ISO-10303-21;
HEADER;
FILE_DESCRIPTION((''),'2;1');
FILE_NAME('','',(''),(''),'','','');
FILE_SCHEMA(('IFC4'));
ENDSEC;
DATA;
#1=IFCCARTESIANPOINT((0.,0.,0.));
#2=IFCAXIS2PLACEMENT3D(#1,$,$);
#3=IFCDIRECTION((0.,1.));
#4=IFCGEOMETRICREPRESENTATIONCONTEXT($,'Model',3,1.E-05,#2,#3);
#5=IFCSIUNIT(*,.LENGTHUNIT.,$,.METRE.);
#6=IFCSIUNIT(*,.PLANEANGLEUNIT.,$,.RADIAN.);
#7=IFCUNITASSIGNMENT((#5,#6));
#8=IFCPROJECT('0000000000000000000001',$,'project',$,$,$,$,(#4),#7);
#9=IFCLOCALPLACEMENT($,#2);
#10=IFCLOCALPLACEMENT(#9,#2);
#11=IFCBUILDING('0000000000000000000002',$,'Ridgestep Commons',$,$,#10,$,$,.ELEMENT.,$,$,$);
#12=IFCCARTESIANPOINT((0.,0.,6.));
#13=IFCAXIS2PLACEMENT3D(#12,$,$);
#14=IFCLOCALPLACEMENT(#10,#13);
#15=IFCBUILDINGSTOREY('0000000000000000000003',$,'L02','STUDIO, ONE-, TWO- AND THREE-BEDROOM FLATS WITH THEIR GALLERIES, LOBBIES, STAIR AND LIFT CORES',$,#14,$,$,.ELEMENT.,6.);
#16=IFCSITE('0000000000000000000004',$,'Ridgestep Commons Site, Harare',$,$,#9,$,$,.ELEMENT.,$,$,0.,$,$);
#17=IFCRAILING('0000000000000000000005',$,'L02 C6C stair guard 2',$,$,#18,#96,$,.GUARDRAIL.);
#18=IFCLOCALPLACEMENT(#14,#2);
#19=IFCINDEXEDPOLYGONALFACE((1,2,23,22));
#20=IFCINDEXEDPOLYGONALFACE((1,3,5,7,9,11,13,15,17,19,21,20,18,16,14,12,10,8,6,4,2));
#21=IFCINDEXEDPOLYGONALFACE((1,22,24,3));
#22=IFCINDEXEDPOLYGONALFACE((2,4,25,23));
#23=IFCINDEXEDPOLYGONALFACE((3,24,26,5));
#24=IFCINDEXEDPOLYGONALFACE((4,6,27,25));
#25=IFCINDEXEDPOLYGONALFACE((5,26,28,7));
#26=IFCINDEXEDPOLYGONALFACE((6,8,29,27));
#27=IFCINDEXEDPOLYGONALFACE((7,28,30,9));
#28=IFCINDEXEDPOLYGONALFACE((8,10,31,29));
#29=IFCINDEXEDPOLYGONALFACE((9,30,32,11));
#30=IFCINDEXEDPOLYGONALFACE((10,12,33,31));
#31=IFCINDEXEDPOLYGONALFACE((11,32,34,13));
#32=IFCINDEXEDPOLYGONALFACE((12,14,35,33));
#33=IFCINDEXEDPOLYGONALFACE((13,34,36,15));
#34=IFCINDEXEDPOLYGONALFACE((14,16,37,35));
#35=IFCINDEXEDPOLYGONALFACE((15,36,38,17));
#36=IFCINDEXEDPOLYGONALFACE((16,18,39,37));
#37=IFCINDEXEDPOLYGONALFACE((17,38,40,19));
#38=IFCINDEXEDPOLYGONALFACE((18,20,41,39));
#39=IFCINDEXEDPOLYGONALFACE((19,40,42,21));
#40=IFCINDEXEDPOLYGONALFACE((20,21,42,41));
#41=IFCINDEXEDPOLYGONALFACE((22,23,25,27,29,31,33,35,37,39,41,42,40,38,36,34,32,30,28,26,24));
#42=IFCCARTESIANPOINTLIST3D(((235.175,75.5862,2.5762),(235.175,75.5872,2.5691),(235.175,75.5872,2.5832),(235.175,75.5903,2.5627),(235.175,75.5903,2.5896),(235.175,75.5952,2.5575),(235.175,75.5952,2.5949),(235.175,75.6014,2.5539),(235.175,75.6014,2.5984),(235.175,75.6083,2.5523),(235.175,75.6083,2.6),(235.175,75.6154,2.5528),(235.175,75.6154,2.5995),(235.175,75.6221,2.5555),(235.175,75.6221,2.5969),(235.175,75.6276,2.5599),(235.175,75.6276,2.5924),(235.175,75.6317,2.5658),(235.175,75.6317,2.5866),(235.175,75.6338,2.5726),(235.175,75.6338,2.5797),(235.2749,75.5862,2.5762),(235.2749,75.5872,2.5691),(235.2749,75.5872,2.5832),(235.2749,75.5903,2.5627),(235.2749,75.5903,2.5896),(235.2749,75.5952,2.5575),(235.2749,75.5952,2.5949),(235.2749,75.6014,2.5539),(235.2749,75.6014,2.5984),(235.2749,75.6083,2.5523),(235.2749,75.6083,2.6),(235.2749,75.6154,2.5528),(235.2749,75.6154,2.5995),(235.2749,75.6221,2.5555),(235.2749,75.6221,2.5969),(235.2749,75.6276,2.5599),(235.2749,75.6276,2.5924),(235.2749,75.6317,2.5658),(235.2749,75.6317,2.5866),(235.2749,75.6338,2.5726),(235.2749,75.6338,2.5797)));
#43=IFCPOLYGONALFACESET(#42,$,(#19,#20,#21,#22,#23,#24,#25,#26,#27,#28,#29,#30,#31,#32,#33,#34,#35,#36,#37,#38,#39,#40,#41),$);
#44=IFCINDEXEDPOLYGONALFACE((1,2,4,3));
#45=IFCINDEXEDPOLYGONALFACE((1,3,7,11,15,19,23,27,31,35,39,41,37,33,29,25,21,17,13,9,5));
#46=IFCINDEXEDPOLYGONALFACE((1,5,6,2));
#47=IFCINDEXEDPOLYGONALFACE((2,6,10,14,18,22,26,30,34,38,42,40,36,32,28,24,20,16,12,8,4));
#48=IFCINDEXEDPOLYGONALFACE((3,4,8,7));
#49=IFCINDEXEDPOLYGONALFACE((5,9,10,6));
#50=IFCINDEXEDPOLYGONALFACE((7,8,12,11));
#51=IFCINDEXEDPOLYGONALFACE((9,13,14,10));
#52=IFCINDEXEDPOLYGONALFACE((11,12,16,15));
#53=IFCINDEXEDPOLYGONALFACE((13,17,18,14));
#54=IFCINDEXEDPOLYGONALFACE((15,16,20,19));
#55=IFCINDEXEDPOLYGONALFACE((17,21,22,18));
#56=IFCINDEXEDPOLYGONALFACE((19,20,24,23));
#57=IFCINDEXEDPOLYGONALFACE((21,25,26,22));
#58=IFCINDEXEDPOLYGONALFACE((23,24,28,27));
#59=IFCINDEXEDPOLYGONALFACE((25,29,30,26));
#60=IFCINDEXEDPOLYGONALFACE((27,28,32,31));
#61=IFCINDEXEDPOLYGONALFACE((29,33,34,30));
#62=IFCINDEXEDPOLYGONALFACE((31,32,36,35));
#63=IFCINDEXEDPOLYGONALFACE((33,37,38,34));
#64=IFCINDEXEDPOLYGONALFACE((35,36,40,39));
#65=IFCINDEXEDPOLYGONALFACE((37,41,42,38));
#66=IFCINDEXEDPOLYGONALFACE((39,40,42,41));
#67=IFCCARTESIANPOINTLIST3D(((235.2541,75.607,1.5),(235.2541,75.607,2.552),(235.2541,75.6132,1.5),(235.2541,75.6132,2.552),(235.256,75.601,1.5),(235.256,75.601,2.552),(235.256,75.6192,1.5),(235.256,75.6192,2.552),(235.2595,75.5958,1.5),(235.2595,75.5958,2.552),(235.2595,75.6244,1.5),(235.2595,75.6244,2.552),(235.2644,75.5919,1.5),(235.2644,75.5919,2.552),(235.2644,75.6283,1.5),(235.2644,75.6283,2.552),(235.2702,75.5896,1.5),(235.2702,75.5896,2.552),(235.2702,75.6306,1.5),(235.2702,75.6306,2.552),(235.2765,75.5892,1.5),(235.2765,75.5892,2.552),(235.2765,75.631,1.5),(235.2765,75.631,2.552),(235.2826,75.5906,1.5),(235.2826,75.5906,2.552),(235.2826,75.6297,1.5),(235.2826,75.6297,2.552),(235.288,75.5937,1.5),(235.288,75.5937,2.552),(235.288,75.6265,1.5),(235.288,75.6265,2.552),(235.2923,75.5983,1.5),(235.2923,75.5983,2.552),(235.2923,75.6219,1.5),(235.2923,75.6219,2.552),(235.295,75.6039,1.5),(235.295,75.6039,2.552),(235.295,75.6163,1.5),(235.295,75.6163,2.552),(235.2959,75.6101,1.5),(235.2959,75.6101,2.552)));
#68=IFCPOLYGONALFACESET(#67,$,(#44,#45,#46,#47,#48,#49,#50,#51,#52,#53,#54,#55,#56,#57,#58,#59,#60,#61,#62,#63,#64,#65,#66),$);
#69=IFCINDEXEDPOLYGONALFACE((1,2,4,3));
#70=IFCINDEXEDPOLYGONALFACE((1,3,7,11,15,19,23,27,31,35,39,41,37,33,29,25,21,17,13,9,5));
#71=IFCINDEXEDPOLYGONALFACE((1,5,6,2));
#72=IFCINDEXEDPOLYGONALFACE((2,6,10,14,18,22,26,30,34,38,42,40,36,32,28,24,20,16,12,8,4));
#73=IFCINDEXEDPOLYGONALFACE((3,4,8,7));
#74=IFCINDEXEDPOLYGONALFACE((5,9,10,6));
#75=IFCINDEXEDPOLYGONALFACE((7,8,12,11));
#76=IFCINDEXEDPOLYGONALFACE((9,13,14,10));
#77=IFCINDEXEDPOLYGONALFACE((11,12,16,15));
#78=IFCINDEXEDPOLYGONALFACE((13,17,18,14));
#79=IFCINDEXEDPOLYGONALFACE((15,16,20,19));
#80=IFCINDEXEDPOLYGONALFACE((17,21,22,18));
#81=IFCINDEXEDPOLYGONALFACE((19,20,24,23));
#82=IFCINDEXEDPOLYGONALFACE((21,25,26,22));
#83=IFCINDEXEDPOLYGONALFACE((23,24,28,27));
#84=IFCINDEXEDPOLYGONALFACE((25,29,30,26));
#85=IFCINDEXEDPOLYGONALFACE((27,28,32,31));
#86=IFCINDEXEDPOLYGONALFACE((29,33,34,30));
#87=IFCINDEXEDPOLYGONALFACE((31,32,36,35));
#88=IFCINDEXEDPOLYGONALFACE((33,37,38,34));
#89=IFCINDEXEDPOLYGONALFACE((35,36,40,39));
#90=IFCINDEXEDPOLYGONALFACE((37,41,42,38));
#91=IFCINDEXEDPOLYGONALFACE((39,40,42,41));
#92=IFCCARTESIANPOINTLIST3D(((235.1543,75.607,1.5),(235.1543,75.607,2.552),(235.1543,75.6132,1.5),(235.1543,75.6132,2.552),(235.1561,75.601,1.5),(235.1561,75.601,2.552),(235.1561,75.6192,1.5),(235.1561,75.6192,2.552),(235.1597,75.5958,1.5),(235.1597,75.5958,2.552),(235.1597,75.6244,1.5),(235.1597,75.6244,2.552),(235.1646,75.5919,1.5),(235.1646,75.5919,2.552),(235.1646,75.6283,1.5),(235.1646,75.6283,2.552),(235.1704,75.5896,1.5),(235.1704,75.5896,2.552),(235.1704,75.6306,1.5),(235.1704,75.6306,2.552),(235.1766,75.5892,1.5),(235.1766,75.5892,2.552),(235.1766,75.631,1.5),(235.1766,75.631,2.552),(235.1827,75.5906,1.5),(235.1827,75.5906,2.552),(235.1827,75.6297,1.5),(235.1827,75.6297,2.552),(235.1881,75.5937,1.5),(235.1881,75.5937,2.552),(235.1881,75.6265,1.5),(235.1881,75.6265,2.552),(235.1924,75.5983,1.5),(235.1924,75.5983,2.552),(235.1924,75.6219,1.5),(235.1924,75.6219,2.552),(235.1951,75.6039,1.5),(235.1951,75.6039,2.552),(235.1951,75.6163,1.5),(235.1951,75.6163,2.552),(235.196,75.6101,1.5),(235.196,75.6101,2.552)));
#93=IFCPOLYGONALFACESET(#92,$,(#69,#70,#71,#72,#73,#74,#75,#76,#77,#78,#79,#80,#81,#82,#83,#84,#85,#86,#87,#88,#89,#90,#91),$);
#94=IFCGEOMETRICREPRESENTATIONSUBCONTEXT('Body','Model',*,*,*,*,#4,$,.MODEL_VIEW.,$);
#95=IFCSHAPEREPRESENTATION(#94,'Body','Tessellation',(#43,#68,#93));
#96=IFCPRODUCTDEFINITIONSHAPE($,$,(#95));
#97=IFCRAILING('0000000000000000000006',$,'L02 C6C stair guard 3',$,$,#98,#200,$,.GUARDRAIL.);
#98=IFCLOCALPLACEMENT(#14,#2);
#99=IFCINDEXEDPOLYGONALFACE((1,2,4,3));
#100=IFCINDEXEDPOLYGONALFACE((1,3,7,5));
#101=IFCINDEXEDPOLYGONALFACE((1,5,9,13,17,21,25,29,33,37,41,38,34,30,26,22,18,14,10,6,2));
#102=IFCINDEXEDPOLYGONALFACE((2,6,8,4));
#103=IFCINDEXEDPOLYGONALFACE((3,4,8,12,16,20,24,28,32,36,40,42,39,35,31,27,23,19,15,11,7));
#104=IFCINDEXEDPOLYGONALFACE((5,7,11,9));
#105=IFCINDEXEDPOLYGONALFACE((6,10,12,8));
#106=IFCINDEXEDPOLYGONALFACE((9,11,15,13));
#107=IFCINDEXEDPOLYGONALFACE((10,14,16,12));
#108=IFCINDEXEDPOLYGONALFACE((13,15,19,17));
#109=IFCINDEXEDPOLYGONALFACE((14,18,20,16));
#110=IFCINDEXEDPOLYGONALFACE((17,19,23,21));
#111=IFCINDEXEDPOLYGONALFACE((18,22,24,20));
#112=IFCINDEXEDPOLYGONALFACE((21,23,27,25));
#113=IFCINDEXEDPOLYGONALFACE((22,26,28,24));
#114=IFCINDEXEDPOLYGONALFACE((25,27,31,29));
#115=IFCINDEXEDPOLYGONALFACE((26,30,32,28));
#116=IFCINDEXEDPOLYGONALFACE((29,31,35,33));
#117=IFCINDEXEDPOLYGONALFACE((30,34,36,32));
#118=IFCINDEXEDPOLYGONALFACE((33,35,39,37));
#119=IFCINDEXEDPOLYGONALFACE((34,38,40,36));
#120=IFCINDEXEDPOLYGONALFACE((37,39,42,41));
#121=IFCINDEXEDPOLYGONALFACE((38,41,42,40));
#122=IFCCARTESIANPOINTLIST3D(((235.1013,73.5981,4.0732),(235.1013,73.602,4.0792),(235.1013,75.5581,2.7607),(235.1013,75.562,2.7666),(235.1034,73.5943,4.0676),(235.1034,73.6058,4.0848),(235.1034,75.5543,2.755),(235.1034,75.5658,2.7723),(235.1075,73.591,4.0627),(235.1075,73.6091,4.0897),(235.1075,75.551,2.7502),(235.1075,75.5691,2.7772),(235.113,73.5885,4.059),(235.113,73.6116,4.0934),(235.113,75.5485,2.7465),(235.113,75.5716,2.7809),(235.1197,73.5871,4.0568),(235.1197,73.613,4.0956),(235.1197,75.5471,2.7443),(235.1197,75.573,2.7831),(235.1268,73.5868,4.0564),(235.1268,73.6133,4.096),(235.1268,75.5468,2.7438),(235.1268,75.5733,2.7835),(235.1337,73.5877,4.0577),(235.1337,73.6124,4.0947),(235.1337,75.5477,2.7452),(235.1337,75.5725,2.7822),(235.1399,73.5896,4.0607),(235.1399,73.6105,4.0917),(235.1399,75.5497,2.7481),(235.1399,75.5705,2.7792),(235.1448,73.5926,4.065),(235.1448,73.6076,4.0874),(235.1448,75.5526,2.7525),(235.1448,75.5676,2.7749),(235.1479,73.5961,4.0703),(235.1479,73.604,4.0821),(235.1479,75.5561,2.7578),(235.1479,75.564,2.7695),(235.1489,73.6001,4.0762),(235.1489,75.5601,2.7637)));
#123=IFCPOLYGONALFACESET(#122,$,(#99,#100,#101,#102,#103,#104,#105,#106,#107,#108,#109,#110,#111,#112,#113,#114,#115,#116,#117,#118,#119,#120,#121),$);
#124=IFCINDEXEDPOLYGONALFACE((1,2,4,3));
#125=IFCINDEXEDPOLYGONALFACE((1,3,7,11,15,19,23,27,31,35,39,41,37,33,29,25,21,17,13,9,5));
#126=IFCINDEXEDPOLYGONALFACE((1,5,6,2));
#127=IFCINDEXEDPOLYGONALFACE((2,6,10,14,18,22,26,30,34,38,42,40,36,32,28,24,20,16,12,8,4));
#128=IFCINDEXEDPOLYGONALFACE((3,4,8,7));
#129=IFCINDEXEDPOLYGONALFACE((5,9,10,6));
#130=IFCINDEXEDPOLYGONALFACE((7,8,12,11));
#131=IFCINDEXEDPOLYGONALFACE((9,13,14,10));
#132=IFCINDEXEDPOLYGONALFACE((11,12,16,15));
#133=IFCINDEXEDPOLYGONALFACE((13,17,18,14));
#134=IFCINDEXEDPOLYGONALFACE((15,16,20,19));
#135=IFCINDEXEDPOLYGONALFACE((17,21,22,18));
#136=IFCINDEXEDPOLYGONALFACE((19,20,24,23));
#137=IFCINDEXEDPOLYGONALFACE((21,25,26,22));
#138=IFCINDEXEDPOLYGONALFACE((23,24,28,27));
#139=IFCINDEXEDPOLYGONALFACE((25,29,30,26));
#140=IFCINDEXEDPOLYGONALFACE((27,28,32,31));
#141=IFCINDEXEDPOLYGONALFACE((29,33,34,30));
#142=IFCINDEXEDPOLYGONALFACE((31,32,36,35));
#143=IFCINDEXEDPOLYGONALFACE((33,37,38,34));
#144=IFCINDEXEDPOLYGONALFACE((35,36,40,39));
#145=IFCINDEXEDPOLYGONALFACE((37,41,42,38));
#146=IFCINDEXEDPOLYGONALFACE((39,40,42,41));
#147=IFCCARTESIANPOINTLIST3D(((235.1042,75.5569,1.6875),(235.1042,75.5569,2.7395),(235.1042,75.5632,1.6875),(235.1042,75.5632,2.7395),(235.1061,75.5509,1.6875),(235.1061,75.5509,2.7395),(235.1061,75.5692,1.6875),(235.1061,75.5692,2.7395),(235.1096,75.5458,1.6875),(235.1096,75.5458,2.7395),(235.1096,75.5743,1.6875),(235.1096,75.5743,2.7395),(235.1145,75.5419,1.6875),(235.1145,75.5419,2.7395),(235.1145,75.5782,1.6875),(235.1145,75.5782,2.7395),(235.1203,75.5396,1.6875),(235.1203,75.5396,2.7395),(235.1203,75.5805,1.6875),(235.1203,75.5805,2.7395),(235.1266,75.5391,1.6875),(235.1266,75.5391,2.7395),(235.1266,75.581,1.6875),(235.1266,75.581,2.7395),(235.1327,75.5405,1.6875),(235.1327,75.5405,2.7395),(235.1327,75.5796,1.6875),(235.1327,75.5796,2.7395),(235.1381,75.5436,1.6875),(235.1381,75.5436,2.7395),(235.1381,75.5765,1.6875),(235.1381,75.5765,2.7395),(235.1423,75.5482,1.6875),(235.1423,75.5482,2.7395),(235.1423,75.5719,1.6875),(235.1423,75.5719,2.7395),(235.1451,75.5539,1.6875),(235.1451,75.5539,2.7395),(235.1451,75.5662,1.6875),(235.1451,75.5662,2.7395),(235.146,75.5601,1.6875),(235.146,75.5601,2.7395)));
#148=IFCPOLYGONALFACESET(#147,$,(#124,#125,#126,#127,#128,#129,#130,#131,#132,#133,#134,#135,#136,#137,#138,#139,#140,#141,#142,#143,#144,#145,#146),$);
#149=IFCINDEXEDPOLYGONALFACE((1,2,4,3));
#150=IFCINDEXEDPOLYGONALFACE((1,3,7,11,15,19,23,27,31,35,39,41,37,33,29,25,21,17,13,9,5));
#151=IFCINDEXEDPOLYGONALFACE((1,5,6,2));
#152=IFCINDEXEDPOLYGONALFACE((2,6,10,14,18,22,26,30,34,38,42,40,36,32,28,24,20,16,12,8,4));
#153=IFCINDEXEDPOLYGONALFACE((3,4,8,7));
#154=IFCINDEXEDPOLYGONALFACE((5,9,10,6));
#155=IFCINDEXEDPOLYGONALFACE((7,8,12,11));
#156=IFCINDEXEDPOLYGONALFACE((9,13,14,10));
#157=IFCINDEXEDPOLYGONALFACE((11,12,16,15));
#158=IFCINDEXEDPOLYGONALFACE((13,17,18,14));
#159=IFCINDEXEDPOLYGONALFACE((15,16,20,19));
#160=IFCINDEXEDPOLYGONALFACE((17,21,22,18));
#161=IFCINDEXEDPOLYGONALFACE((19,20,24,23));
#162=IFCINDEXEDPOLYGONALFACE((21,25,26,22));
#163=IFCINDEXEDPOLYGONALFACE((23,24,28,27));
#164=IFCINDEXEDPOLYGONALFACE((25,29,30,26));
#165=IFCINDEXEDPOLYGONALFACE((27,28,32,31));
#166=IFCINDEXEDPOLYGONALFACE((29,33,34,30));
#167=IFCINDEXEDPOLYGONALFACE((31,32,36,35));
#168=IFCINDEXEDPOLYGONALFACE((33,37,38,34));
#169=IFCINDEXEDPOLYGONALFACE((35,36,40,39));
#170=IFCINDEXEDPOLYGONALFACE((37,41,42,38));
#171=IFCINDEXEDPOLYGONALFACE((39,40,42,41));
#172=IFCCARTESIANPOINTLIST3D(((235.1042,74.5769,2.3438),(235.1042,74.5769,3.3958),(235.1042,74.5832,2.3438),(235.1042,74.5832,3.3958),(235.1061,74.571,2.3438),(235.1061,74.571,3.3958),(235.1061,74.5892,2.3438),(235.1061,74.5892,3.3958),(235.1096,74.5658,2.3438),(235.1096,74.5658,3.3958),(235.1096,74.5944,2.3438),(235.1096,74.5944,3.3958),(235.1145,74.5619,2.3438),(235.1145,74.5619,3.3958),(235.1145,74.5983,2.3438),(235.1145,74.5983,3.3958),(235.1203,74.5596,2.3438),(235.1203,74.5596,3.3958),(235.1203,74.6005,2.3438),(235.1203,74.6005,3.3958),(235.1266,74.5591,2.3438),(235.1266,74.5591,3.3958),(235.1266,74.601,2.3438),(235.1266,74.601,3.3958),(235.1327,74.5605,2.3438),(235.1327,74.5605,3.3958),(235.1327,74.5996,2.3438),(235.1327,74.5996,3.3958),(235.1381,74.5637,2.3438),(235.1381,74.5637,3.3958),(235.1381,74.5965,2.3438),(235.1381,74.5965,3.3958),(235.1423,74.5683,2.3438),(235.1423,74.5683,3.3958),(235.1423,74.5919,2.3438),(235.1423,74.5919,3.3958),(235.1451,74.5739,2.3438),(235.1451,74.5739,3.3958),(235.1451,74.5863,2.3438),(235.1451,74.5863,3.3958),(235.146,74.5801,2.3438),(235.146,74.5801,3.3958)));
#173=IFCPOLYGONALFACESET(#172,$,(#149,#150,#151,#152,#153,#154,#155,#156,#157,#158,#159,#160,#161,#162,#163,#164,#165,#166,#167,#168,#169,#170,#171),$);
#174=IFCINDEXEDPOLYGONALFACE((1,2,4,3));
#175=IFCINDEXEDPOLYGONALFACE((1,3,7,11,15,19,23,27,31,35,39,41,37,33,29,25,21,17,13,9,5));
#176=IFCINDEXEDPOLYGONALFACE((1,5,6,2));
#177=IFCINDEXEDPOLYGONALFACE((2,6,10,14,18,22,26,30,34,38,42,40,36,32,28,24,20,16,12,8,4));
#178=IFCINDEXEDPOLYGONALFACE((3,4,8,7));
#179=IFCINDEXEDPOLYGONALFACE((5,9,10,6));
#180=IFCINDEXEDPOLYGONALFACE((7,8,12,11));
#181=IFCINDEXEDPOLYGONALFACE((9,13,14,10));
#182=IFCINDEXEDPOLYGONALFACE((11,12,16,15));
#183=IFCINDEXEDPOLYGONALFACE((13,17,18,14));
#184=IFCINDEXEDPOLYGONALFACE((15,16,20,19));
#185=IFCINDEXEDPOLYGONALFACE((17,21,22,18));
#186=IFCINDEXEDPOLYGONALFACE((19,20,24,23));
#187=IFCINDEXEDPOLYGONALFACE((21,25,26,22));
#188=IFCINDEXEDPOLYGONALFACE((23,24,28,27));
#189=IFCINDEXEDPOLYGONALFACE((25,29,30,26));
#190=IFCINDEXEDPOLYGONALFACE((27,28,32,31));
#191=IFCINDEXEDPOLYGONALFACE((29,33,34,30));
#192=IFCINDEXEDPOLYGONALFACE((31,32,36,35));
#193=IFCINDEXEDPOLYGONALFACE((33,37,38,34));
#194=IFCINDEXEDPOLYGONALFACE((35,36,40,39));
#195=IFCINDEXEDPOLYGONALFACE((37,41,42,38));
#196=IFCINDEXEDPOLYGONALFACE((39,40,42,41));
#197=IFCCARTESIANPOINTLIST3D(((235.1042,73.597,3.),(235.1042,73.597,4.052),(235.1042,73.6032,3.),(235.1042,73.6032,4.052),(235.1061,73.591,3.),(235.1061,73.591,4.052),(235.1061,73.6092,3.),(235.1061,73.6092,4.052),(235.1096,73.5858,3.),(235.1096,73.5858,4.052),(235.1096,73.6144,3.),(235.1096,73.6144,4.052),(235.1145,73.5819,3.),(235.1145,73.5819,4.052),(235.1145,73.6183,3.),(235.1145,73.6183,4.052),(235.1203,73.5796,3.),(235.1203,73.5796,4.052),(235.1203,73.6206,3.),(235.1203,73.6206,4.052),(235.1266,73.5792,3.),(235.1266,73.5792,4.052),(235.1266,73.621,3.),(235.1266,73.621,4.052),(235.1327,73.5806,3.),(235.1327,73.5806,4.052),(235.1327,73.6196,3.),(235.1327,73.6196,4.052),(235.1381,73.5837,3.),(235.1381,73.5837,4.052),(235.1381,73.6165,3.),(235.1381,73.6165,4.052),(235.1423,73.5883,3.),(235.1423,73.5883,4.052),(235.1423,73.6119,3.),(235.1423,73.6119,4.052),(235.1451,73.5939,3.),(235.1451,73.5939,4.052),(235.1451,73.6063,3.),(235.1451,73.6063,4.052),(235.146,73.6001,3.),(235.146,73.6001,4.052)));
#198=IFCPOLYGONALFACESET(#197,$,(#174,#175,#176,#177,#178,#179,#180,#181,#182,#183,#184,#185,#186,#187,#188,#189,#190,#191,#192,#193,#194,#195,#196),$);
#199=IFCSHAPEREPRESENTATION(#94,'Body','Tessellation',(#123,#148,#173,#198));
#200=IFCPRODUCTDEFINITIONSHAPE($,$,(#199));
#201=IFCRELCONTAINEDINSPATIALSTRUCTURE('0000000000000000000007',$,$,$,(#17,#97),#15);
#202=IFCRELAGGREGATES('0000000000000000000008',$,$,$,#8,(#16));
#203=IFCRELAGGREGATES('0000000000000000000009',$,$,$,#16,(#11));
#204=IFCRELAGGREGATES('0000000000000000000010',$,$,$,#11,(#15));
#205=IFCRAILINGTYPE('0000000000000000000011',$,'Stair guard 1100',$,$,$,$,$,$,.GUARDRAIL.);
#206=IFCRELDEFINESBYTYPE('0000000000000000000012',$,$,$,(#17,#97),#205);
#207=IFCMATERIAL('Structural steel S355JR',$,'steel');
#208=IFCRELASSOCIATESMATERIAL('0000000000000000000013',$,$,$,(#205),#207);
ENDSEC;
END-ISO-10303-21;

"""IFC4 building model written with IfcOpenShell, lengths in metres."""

from ifc_helpers import new_model, si_unit, direction, frame, origin, origin_2d, place, context, subcontext, project, spatial, circle, extrude, material, type_object, element, save


model = new_model("IFC4")

# Units and contexts
model_context = context("Model", 3, precision=1e-05, world=origin(), true_north=direction((0.0, 1.0)))
body_context = subcontext(model_context, "Body", "Model", "MODEL_VIEW")
ifc_project = project(units=[si_unit("LENGTHUNIT", "METRE"), si_unit("PLANEANGLEUNIT", "RADIAN")], contexts=[model_context])

# Site, building, storey
site_placement = place(None, origin())
site = spatial("IfcSite", under=ifc_project, at=site_placement, Name="Ridgestep Commons Site, Harare", CompositionType="ELEMENT", RefElevation=0.0)
building_placement = place(site_placement, origin())
building = spatial("IfcBuilding", under=site, at=building_placement, Name="Ridgestep Commons", CompositionType="ELEMENT")
storey_placement = place(building_placement, frame((0.0, 0.0, 6.0)))
storey = spatial("IfcBuildingStorey", under=building, at=storey_placement, Name="L02", Description="STUDIO, ONE-, TWO- AND THREE-BEDROOM FLATS WITH THEIR GALLERIES, LOBBIES, STAIR AND LIFT CORES", CompositionType="ELEMENT", Elevation=6.0)

# Railings
ifc_material_1 = material(Name="Structural steel S355JR", Category="steel")
railing_type_1 = type_object("IfcRailingType", Name="Stair guard 1100", PredefinedType="GUARDRAIL", material=ifc_material_1)
railing_1_placement = place(storey_placement, frame((235.2749, 75.6101, 1.5)))
element("IfcRailing", 1, at=railing_1_placement, inside=storey, type_object=railing_type_1, Name="L02 C6C stair guard 2", PredefinedType="GUARDRAIL", context=body_context, shape_type="SweptSolid", body=[
    extrude(circle(Radius=0.0239, at=origin_2d()), frame((0.0, 0.0, 1.0762), z_axis=(-1.0, 0.0, 0.0), x_axis=(0.0, -1.0, 0.0)), (0.0, 0.0, 1.0), 0.0999),
    extrude(circle(Radius=0.021, at=origin_2d()), origin(), (0.0, 0.0, 1.0), 1.052),
    extrude(circle(Radius=0.021, at=origin_2d()), frame((-0.0999, 0.0, 0.0)), (0.0, 0.0, 1.0), 1.052),
])
railing_2_placement = place(storey_placement, frame((235.125, 75.5601, 1.6875)))
element("IfcRailing", 2, at=railing_2_placement, inside=storey, type_object=railing_type_1, Name="L02 C6C stair guard 3", PredefinedType="GUARDRAIL", context=body_context, shape_type="SweptSolid", body=[
    extrude(circle(Radius=0.0239, at=origin_2d()), frame((0.0, 0.0, 1.0762), z_axis=(0.0, -0.830902, 0.556419), x_axis=(1.0, 0.0, 0.0)), (0.0, 0.0, 1.0), 2.3589),
    extrude(circle(Radius=0.021, at=origin_2d()), origin(), (0.0, 0.0, 1.0), 1.052),
    extrude(circle(Radius=0.021, at=origin_2d()), frame((0.0, -0.98, 0.6562)), (0.0, 0.0, 1.0), 1.052),
    extrude(circle(Radius=0.021, at=origin_2d()), frame((0.0, -1.96, 1.3125)), (0.0, 0.0, 1.0), 1.052),
])

save(model, "model.ifc")
